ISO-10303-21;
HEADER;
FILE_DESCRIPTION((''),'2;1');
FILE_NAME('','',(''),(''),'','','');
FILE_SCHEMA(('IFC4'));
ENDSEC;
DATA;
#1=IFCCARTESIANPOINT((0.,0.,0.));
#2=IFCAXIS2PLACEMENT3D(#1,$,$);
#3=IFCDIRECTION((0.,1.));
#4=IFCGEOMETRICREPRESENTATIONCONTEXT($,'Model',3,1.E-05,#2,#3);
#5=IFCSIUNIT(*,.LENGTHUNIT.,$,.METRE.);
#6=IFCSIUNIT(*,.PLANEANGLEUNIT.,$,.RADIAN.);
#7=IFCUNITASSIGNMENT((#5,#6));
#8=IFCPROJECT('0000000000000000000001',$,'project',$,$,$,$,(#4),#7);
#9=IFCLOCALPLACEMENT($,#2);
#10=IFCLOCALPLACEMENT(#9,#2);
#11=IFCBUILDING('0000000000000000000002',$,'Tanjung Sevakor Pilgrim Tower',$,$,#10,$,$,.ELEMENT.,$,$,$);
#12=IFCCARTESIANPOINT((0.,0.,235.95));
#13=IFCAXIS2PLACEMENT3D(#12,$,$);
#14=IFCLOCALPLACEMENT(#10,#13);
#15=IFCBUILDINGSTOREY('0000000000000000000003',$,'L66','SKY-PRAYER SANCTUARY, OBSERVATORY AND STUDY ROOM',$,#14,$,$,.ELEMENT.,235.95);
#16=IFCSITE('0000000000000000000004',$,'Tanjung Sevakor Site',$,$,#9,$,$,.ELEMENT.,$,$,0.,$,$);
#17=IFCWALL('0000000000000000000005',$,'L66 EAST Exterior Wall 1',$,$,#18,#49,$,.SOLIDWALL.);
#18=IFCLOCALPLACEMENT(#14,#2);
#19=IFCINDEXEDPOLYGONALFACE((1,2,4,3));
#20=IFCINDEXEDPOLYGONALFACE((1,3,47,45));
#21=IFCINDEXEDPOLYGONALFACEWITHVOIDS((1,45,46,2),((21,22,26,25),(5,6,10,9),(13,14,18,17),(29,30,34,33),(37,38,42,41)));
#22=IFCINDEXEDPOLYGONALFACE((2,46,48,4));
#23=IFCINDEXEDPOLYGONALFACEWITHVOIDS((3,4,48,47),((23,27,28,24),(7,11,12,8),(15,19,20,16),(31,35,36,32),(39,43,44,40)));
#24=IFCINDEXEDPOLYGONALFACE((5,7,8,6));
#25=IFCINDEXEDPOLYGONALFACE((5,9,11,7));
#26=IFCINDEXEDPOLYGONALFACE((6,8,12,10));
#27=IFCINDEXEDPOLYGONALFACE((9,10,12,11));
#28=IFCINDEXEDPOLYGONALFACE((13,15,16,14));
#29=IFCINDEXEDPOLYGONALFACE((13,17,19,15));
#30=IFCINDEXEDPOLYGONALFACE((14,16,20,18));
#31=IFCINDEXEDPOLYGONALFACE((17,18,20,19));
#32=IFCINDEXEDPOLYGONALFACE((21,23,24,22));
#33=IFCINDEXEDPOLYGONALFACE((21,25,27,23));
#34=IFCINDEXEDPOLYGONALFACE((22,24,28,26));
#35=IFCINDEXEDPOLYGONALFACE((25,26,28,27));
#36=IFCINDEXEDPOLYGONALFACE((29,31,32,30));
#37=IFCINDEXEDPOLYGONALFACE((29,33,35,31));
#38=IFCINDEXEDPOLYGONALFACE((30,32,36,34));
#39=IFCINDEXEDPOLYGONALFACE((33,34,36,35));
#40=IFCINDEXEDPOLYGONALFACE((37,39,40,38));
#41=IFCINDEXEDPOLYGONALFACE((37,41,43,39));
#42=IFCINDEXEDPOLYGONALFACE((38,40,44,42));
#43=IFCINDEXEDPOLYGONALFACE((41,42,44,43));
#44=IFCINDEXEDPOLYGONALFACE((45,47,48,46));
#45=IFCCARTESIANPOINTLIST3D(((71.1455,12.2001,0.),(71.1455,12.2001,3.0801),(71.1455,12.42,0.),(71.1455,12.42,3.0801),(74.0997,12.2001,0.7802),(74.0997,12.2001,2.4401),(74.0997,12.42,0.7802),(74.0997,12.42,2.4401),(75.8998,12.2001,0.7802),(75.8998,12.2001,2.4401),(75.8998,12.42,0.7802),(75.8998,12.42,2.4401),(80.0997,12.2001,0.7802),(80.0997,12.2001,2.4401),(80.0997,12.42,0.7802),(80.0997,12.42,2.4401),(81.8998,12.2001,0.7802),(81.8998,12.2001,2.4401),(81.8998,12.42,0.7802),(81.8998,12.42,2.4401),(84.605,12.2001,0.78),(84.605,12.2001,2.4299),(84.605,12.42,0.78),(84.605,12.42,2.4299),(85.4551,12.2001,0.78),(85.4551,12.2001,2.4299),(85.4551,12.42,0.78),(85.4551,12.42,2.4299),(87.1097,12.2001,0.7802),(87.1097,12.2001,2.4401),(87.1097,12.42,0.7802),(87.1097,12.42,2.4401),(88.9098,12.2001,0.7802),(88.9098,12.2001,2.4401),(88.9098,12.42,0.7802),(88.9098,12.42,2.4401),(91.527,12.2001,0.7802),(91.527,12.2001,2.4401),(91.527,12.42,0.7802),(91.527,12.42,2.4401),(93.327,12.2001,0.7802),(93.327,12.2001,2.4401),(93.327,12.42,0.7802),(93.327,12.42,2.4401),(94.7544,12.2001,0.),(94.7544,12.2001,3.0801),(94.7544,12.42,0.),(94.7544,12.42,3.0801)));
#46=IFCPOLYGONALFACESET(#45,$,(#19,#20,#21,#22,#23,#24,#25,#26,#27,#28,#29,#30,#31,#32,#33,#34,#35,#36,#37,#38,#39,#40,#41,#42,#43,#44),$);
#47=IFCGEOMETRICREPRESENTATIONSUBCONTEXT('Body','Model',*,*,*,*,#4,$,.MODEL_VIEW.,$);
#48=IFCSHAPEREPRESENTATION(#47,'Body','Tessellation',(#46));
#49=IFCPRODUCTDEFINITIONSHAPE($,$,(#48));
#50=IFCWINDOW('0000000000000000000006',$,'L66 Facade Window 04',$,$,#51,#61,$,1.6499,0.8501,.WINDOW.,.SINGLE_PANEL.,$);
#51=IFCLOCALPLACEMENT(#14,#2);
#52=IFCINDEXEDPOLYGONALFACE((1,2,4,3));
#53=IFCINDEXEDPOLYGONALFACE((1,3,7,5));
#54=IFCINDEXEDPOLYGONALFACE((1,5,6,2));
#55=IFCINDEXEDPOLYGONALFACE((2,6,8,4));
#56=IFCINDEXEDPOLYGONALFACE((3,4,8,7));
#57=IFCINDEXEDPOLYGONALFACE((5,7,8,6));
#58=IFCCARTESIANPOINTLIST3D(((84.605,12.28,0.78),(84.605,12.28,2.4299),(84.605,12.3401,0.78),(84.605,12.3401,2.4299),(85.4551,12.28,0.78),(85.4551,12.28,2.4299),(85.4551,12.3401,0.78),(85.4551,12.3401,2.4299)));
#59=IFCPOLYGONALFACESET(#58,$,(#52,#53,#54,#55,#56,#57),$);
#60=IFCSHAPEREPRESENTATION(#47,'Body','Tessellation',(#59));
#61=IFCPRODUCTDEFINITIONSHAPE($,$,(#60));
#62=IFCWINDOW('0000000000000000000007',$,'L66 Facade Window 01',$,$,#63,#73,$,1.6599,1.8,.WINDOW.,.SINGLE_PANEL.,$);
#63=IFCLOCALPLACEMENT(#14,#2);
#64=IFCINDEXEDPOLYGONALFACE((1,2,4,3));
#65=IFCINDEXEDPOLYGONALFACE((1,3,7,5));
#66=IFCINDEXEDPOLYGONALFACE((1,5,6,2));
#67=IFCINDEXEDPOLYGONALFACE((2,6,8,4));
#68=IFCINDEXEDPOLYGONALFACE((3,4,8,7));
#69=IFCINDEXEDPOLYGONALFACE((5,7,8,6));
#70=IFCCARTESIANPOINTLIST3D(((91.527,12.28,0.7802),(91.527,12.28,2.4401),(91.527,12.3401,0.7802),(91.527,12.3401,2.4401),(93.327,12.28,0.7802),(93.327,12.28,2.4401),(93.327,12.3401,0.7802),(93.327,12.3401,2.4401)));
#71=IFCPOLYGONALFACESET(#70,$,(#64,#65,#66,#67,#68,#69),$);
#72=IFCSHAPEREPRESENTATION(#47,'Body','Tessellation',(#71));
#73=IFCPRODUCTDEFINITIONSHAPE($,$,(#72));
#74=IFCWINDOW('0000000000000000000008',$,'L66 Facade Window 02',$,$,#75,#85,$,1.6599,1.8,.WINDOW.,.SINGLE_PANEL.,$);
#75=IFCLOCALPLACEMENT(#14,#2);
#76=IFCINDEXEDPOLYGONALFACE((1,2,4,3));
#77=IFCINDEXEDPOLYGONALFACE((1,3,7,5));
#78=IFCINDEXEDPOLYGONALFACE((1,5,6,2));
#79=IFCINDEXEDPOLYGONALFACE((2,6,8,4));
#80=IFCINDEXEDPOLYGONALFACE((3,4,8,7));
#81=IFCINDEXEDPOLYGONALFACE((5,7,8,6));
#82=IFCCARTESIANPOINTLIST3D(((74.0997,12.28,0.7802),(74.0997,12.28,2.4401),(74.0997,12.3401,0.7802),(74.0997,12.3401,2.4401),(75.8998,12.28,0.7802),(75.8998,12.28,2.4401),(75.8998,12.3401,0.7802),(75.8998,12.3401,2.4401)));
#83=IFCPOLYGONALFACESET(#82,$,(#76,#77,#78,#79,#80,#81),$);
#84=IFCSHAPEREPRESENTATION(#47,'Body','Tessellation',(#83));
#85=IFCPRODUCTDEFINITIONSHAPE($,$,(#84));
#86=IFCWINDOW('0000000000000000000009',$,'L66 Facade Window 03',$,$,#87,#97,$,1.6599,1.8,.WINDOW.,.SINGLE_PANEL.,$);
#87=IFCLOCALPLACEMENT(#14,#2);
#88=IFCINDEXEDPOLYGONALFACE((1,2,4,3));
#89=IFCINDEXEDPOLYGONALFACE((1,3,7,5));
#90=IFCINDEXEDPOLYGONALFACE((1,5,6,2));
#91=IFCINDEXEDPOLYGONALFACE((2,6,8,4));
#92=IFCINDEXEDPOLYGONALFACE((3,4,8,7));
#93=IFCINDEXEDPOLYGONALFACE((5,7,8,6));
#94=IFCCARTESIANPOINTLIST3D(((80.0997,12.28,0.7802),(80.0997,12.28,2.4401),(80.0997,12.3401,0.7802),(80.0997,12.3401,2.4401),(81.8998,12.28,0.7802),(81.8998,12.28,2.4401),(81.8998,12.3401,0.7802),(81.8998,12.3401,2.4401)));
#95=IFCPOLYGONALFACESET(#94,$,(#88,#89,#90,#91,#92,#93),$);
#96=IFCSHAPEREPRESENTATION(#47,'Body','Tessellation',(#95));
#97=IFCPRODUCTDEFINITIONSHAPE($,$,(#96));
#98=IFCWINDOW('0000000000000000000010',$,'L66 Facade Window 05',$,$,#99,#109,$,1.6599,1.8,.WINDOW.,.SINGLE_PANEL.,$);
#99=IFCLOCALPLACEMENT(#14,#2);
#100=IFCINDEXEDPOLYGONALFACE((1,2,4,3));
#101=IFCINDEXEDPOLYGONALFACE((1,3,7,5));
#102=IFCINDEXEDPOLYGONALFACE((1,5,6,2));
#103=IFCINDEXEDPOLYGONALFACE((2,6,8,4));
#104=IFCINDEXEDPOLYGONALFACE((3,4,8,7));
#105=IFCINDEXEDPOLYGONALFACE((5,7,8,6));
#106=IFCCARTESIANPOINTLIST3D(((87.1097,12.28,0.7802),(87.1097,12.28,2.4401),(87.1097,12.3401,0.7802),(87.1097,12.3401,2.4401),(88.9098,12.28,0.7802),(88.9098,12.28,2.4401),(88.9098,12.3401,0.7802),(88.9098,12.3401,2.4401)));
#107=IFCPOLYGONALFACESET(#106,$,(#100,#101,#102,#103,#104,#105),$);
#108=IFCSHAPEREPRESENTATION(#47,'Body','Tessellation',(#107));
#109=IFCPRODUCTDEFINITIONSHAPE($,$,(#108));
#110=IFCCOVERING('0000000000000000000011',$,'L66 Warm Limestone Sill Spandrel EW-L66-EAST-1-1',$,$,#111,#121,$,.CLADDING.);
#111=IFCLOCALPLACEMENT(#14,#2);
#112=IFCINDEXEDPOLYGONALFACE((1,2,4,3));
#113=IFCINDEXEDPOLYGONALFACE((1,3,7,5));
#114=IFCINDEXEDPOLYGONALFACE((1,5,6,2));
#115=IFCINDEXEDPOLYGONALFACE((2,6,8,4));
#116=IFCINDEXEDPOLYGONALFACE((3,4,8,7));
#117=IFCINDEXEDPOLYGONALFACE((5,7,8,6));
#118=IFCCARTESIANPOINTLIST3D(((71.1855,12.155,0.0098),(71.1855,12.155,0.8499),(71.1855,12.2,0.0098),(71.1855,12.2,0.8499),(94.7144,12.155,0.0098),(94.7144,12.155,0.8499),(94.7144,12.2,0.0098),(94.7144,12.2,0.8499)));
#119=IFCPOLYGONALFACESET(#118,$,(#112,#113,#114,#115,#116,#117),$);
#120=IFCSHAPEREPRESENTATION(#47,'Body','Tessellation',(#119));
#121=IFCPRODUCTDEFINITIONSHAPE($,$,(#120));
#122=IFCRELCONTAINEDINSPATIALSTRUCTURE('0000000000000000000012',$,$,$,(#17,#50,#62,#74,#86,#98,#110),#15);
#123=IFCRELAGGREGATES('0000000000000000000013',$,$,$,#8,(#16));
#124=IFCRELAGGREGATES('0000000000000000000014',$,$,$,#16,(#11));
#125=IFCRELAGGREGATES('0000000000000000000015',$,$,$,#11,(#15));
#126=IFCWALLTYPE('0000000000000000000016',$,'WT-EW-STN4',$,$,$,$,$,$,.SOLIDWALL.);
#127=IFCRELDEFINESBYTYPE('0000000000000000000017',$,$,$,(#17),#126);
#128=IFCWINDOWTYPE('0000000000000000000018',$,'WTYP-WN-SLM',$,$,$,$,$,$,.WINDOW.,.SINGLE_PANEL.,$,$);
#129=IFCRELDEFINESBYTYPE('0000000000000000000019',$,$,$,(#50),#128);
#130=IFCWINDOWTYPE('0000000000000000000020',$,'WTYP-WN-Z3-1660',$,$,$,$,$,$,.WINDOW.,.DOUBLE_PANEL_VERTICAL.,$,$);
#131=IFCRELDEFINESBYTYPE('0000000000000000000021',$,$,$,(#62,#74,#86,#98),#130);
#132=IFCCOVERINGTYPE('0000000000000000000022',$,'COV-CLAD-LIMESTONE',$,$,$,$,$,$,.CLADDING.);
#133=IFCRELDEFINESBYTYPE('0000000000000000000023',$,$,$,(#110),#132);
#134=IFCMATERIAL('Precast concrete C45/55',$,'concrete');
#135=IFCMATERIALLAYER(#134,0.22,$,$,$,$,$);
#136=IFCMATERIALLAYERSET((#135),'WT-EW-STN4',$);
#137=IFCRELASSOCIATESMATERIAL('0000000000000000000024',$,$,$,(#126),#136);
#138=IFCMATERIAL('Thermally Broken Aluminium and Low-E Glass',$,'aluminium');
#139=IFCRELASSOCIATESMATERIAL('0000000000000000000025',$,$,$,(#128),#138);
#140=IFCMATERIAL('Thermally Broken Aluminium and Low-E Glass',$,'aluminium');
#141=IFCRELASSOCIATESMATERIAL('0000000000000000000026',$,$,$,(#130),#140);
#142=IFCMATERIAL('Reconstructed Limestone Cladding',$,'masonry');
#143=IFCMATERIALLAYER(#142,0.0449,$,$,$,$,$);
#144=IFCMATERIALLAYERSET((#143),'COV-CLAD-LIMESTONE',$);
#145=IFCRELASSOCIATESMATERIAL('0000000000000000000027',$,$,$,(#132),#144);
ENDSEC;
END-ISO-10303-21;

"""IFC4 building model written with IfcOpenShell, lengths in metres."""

from ifc_helpers import new_model, si_unit, direction, frame, frame_2d, origin, origin_2d, place, context, subcontext, project, spatial, rectangle, extrude, material, layer, layer_set, type_object, element, fill, save


model = new_model("IFC4")

# Units and contexts
model_context = context("Model", 3, precision=1e-05, world=origin(), true_north=direction((0.0, 1.0)))
body_context = subcontext(model_context, "Body", "Model", "MODEL_VIEW")
ifc_project = project(units=[si_unit("LENGTHUNIT", "METRE"), si_unit("PLANEANGLEUNIT", "RADIAN")], contexts=[model_context])

# Site, building, storey
site_placement = place(None, origin())
site = spatial("IfcSite", under=ifc_project, at=site_placement, Name="Tanjung Sevakor Site", CompositionType="ELEMENT", RefElevation=0.0)
building_placement = place(site_placement, origin())
building = spatial("IfcBuilding", under=site, at=building_placement, Name="Tanjung Sevakor Pilgrim Tower", CompositionType="ELEMENT")
storey_placement = place(building_placement, frame((0.0, 0.0, 235.95)))
storey = spatial("IfcBuildingStorey", under=building, at=storey_placement, Name="L66", Description="SKY-PRAYER SANCTUARY, OBSERVATORY AND STUDY ROOM", CompositionType="ELEMENT", Elevation=235.95)

# Wall, openings, windows
ifc_material_1 = material(Name="Precast concrete C45/55", Category="concrete")
ifc_layer_1 = layer(ifc_material_1, 0.22)
ifc_layer_set_1 = layer_set([ifc_layer_1], Name="WT-EW-STN4")
wall_type_1 = type_object("IfcWallType", Name="WT-EW-STN4", PredefinedType="SOLIDWALL", material=ifc_layer_set_1)
wall_placement = place(storey_placement, frame((71.1455, 12.3101, 0.0), z_axis=(0.0, 0.0, 1.0), x_axis=(1.0, 0.0, 0.0)))
wall = element("IfcWall", 1, at=wall_placement, inside=storey, type_object=wall_type_1, Name="L66 EAST Exterior Wall 1", PredefinedType="SOLIDWALL", context=body_context, shape_type="SweptSolid", body=[
    extrude(rectangle(XDim=23.6089, YDim=0.22, at=frame_2d((11.8044, 0.0))), origin(), (0.0, 0.0, 1.0), 3.0801),
])
opening_1_placement = place(wall_placement, frame((20.3816, 0.0, 0.78)))
opening_1 = element("IfcOpeningElement", 2, at=opening_1_placement, cuts=wall, PredefinedType="OPENING", context=body_context, shape_type="SweptSolid", body=[
    extrude(rectangle(XDim=1.8, YDim=1.6599, at=frame_2d((0.8999, 0.8301))), frame((0.0, 0.1199, 0.0), z_axis=(0.0, -1.0, 0.0), x_axis=(1.0, 0.0, 0.0)), (0.0, 0.0, 1.0), 0.24),
])
opening_2_placement = place(wall_placement, frame((2.9543, 0.0, 0.78)))
opening_2 = element("IfcOpeningElement", 3, at=opening_2_placement, cuts=wall, PredefinedType="OPENING", context=body_context, shape_type="SweptSolid", body=[
    extrude(rectangle(XDim=1.8, YDim=1.6599, at=frame_2d((0.8999, 0.8301))), frame((0.0, 0.1199, 0.0), z_axis=(0.0, -1.0, 0.0), x_axis=(1.0, 0.0, 0.0)), (0.0, 0.0, 1.0), 0.24),
])
opening_3_placement = place(wall_placement, frame((8.9543, 0.0, 0.78)))
opening_3 = element("IfcOpeningElement", 4, at=opening_3_placement, cuts=wall, PredefinedType="OPENING", context=body_context, shape_type="SweptSolid", body=[
    extrude(rectangle(XDim=1.8, YDim=1.6599, at=frame_2d((0.8999, 0.8301))), frame((0.0, 0.1199, 0.0), z_axis=(0.0, -1.0, 0.0), x_axis=(1.0, 0.0, 0.0)), (0.0, 0.0, 1.0), 0.24),
])
opening_4_placement = place(wall_placement, frame((13.4595, 0.0, 0.78)))
opening_4 = element("IfcOpeningElement", 5, at=opening_4_placement, cuts=wall, PredefinedType="OPENING", context=body_context, shape_type="SweptSolid", body=[
    extrude(rectangle(XDim=0.8501, YDim=1.6499, at=frame_2d((0.425, 0.825))), frame((0.0, 0.1199, 0.0), z_axis=(0.0, -1.0, 0.0), x_axis=(1.0, 0.0, 0.0)), (0.0, 0.0, 1.0), 0.24),
])
opening_5_placement = place(wall_placement, frame((15.9644, 0.0, 0.78)))
opening_5 = element("IfcOpeningElement", 6, at=opening_5_placement, cuts=wall, PredefinedType="OPENING", context=body_context, shape_type="SweptSolid", body=[
    extrude(rectangle(XDim=1.8, YDim=1.6599, at=frame_2d((0.8999, 0.8301))), frame((0.0, 0.1199, 0.0), z_axis=(0.0, -1.0, 0.0), x_axis=(1.0, 0.0, 0.0)), (0.0, 0.0, 1.0), 0.24),
])
ifc_material_2 = material(Name="Thermally Broken Aluminium and Low-E Glass", Category="aluminium")
window_type_1 = type_object("IfcWindowType", Name="WTYP-WN-SLM", PartitioningType="SINGLE_PANEL", PredefinedType="WINDOW", material=ifc_material_2)
window_1_placement = place(opening_4_placement, origin())
window_1 = element("IfcWindow", 7, at=window_1_placement, inside=storey, type_object=window_type_1, Name="L66 Facade Window 04", OverallHeight=1.6499, OverallWidth=0.8501, PartitioningType="SINGLE_PANEL", PredefinedType="WINDOW", context=body_context, shape_type="SweptSolid", body=[
    extrude(rectangle(XDim=0.8501, YDim=1.6499, at=frame_2d((0.425, 0.825))), frame((0.0, 0.03, 0.0), z_axis=(0.0, -1.0, 0.0), x_axis=(1.0, 0.0, 0.0)), (0.0, 0.0, 1.0), 0.0601),
])
fill(opening_4, window_1)
ifc_material_3 = material(Name="Thermally Broken Aluminium and Low-E Glass", Category="aluminium")
window_type_2 = type_object("IfcWindowType", Name="WTYP-WN-Z3-1660", PartitioningType="DOUBLE_PANEL_VERTICAL", PredefinedType="WINDOW", material=ifc_material_3)
window_2_placement = place(opening_1_placement, origin())
window_2 = element("IfcWindow", 8, at=window_2_placement, inside=storey, type_object=window_type_2, Name="L66 Facade Window 01", OverallHeight=1.6599, OverallWidth=1.8, PartitioningType="SINGLE_PANEL", PredefinedType="WINDOW", context=body_context, shape_type="SweptSolid", body=[
    extrude(rectangle(XDim=1.8, YDim=1.6599, at=frame_2d((0.8999, 0.8301))), frame((0.0, 0.03, 0.0), z_axis=(0.0, -1.0, 0.0), x_axis=(1.0, 0.0, 0.0)), (0.0, 0.0, 1.0), 0.0601),
])
fill(opening_1, window_2)
window_3_placement = place(opening_2_placement, origin())
window_3 = element("IfcWindow", 9, at=window_3_placement, inside=storey, type_object=window_type_2, Name="L66 Facade Window 02", OverallHeight=1.6599, OverallWidth=1.8, PartitioningType="SINGLE_PANEL", PredefinedType="WINDOW", context=body_context, shape_type="SweptSolid", body=[
    extrude(rectangle(XDim=1.8, YDim=1.6599, at=frame_2d((0.8999, 0.8301))), frame((0.0, 0.03, 0.0), z_axis=(0.0, -1.0, 0.0), x_axis=(1.0, 0.0, 0.0)), (0.0, 0.0, 1.0), 0.0601),
])
fill(opening_2, window_3)
window_4_placement = place(opening_3_placement, origin())
window_4 = element("IfcWindow", 10, at=window_4_placement, inside=storey, type_object=window_type_2, Name="L66 Facade Window 03", OverallHeight=1.6599, OverallWidth=1.8, PartitioningType="SINGLE_PANEL", PredefinedType="WINDOW", context=body_context, shape_type="SweptSolid", body=[
    extrude(rectangle(XDim=1.8, YDim=1.6599, at=frame_2d((0.8999, 0.8301))), frame((0.0, 0.03, 0.0), z_axis=(0.0, -1.0, 0.0), x_axis=(1.0, 0.0, 0.0)), (0.0, 0.0, 1.0), 0.0601),
])
fill(opening_3, window_4)
window_5_placement = place(opening_5_placement, origin())
window_5 = element("IfcWindow", 11, at=window_5_placement, inside=storey, type_object=window_type_2, Name="L66 Facade Window 05", OverallHeight=1.6599, OverallWidth=1.8, PartitioningType="SINGLE_PANEL", PredefinedType="WINDOW", context=body_context, shape_type="SweptSolid", body=[
    extrude(rectangle(XDim=1.8, YDim=1.6599, at=frame_2d((0.8999, 0.8301))), frame((0.0, 0.03, 0.0), z_axis=(0.0, -1.0, 0.0), x_axis=(1.0, 0.0, 0.0)), (0.0, 0.0, 1.0), 0.0601),
])
fill(opening_5, window_5)

# Covering
ifc_material_4 = material(Name="Reconstructed Limestone Cladding", Category="masonry")
ifc_layer_2 = layer(ifc_material_4, 0.0449)
ifc_layer_set_2 = layer_set([ifc_layer_2], Name="COV-CLAD-LIMESTONE")
covering_type = type_object("IfcCoveringType", Name="COV-CLAD-LIMESTONE", PredefinedType="CLADDING", material=ifc_layer_set_2)
covering_placement = place(storey_placement, frame((82.95, 12.1775, 0.0098), z_axis=(0.0, 0.0, 1.0), x_axis=(1.0, 0.0, 0.0)))
element("IfcCovering", 12, at=covering_placement, inside=storey, type_object=covering_type, Name="L66 Warm Limestone Sill Spandrel EW-L66-EAST-1-1", PredefinedType="CLADDING", context=body_context, shape_type="SweptSolid", body=[
    extrude(rectangle(XDim=23.5288, YDim=0.0449, at=origin_2d()), origin(), (0.0, 0.0, 1.0), 0.8401),
])

save(model, "model.ifc")
